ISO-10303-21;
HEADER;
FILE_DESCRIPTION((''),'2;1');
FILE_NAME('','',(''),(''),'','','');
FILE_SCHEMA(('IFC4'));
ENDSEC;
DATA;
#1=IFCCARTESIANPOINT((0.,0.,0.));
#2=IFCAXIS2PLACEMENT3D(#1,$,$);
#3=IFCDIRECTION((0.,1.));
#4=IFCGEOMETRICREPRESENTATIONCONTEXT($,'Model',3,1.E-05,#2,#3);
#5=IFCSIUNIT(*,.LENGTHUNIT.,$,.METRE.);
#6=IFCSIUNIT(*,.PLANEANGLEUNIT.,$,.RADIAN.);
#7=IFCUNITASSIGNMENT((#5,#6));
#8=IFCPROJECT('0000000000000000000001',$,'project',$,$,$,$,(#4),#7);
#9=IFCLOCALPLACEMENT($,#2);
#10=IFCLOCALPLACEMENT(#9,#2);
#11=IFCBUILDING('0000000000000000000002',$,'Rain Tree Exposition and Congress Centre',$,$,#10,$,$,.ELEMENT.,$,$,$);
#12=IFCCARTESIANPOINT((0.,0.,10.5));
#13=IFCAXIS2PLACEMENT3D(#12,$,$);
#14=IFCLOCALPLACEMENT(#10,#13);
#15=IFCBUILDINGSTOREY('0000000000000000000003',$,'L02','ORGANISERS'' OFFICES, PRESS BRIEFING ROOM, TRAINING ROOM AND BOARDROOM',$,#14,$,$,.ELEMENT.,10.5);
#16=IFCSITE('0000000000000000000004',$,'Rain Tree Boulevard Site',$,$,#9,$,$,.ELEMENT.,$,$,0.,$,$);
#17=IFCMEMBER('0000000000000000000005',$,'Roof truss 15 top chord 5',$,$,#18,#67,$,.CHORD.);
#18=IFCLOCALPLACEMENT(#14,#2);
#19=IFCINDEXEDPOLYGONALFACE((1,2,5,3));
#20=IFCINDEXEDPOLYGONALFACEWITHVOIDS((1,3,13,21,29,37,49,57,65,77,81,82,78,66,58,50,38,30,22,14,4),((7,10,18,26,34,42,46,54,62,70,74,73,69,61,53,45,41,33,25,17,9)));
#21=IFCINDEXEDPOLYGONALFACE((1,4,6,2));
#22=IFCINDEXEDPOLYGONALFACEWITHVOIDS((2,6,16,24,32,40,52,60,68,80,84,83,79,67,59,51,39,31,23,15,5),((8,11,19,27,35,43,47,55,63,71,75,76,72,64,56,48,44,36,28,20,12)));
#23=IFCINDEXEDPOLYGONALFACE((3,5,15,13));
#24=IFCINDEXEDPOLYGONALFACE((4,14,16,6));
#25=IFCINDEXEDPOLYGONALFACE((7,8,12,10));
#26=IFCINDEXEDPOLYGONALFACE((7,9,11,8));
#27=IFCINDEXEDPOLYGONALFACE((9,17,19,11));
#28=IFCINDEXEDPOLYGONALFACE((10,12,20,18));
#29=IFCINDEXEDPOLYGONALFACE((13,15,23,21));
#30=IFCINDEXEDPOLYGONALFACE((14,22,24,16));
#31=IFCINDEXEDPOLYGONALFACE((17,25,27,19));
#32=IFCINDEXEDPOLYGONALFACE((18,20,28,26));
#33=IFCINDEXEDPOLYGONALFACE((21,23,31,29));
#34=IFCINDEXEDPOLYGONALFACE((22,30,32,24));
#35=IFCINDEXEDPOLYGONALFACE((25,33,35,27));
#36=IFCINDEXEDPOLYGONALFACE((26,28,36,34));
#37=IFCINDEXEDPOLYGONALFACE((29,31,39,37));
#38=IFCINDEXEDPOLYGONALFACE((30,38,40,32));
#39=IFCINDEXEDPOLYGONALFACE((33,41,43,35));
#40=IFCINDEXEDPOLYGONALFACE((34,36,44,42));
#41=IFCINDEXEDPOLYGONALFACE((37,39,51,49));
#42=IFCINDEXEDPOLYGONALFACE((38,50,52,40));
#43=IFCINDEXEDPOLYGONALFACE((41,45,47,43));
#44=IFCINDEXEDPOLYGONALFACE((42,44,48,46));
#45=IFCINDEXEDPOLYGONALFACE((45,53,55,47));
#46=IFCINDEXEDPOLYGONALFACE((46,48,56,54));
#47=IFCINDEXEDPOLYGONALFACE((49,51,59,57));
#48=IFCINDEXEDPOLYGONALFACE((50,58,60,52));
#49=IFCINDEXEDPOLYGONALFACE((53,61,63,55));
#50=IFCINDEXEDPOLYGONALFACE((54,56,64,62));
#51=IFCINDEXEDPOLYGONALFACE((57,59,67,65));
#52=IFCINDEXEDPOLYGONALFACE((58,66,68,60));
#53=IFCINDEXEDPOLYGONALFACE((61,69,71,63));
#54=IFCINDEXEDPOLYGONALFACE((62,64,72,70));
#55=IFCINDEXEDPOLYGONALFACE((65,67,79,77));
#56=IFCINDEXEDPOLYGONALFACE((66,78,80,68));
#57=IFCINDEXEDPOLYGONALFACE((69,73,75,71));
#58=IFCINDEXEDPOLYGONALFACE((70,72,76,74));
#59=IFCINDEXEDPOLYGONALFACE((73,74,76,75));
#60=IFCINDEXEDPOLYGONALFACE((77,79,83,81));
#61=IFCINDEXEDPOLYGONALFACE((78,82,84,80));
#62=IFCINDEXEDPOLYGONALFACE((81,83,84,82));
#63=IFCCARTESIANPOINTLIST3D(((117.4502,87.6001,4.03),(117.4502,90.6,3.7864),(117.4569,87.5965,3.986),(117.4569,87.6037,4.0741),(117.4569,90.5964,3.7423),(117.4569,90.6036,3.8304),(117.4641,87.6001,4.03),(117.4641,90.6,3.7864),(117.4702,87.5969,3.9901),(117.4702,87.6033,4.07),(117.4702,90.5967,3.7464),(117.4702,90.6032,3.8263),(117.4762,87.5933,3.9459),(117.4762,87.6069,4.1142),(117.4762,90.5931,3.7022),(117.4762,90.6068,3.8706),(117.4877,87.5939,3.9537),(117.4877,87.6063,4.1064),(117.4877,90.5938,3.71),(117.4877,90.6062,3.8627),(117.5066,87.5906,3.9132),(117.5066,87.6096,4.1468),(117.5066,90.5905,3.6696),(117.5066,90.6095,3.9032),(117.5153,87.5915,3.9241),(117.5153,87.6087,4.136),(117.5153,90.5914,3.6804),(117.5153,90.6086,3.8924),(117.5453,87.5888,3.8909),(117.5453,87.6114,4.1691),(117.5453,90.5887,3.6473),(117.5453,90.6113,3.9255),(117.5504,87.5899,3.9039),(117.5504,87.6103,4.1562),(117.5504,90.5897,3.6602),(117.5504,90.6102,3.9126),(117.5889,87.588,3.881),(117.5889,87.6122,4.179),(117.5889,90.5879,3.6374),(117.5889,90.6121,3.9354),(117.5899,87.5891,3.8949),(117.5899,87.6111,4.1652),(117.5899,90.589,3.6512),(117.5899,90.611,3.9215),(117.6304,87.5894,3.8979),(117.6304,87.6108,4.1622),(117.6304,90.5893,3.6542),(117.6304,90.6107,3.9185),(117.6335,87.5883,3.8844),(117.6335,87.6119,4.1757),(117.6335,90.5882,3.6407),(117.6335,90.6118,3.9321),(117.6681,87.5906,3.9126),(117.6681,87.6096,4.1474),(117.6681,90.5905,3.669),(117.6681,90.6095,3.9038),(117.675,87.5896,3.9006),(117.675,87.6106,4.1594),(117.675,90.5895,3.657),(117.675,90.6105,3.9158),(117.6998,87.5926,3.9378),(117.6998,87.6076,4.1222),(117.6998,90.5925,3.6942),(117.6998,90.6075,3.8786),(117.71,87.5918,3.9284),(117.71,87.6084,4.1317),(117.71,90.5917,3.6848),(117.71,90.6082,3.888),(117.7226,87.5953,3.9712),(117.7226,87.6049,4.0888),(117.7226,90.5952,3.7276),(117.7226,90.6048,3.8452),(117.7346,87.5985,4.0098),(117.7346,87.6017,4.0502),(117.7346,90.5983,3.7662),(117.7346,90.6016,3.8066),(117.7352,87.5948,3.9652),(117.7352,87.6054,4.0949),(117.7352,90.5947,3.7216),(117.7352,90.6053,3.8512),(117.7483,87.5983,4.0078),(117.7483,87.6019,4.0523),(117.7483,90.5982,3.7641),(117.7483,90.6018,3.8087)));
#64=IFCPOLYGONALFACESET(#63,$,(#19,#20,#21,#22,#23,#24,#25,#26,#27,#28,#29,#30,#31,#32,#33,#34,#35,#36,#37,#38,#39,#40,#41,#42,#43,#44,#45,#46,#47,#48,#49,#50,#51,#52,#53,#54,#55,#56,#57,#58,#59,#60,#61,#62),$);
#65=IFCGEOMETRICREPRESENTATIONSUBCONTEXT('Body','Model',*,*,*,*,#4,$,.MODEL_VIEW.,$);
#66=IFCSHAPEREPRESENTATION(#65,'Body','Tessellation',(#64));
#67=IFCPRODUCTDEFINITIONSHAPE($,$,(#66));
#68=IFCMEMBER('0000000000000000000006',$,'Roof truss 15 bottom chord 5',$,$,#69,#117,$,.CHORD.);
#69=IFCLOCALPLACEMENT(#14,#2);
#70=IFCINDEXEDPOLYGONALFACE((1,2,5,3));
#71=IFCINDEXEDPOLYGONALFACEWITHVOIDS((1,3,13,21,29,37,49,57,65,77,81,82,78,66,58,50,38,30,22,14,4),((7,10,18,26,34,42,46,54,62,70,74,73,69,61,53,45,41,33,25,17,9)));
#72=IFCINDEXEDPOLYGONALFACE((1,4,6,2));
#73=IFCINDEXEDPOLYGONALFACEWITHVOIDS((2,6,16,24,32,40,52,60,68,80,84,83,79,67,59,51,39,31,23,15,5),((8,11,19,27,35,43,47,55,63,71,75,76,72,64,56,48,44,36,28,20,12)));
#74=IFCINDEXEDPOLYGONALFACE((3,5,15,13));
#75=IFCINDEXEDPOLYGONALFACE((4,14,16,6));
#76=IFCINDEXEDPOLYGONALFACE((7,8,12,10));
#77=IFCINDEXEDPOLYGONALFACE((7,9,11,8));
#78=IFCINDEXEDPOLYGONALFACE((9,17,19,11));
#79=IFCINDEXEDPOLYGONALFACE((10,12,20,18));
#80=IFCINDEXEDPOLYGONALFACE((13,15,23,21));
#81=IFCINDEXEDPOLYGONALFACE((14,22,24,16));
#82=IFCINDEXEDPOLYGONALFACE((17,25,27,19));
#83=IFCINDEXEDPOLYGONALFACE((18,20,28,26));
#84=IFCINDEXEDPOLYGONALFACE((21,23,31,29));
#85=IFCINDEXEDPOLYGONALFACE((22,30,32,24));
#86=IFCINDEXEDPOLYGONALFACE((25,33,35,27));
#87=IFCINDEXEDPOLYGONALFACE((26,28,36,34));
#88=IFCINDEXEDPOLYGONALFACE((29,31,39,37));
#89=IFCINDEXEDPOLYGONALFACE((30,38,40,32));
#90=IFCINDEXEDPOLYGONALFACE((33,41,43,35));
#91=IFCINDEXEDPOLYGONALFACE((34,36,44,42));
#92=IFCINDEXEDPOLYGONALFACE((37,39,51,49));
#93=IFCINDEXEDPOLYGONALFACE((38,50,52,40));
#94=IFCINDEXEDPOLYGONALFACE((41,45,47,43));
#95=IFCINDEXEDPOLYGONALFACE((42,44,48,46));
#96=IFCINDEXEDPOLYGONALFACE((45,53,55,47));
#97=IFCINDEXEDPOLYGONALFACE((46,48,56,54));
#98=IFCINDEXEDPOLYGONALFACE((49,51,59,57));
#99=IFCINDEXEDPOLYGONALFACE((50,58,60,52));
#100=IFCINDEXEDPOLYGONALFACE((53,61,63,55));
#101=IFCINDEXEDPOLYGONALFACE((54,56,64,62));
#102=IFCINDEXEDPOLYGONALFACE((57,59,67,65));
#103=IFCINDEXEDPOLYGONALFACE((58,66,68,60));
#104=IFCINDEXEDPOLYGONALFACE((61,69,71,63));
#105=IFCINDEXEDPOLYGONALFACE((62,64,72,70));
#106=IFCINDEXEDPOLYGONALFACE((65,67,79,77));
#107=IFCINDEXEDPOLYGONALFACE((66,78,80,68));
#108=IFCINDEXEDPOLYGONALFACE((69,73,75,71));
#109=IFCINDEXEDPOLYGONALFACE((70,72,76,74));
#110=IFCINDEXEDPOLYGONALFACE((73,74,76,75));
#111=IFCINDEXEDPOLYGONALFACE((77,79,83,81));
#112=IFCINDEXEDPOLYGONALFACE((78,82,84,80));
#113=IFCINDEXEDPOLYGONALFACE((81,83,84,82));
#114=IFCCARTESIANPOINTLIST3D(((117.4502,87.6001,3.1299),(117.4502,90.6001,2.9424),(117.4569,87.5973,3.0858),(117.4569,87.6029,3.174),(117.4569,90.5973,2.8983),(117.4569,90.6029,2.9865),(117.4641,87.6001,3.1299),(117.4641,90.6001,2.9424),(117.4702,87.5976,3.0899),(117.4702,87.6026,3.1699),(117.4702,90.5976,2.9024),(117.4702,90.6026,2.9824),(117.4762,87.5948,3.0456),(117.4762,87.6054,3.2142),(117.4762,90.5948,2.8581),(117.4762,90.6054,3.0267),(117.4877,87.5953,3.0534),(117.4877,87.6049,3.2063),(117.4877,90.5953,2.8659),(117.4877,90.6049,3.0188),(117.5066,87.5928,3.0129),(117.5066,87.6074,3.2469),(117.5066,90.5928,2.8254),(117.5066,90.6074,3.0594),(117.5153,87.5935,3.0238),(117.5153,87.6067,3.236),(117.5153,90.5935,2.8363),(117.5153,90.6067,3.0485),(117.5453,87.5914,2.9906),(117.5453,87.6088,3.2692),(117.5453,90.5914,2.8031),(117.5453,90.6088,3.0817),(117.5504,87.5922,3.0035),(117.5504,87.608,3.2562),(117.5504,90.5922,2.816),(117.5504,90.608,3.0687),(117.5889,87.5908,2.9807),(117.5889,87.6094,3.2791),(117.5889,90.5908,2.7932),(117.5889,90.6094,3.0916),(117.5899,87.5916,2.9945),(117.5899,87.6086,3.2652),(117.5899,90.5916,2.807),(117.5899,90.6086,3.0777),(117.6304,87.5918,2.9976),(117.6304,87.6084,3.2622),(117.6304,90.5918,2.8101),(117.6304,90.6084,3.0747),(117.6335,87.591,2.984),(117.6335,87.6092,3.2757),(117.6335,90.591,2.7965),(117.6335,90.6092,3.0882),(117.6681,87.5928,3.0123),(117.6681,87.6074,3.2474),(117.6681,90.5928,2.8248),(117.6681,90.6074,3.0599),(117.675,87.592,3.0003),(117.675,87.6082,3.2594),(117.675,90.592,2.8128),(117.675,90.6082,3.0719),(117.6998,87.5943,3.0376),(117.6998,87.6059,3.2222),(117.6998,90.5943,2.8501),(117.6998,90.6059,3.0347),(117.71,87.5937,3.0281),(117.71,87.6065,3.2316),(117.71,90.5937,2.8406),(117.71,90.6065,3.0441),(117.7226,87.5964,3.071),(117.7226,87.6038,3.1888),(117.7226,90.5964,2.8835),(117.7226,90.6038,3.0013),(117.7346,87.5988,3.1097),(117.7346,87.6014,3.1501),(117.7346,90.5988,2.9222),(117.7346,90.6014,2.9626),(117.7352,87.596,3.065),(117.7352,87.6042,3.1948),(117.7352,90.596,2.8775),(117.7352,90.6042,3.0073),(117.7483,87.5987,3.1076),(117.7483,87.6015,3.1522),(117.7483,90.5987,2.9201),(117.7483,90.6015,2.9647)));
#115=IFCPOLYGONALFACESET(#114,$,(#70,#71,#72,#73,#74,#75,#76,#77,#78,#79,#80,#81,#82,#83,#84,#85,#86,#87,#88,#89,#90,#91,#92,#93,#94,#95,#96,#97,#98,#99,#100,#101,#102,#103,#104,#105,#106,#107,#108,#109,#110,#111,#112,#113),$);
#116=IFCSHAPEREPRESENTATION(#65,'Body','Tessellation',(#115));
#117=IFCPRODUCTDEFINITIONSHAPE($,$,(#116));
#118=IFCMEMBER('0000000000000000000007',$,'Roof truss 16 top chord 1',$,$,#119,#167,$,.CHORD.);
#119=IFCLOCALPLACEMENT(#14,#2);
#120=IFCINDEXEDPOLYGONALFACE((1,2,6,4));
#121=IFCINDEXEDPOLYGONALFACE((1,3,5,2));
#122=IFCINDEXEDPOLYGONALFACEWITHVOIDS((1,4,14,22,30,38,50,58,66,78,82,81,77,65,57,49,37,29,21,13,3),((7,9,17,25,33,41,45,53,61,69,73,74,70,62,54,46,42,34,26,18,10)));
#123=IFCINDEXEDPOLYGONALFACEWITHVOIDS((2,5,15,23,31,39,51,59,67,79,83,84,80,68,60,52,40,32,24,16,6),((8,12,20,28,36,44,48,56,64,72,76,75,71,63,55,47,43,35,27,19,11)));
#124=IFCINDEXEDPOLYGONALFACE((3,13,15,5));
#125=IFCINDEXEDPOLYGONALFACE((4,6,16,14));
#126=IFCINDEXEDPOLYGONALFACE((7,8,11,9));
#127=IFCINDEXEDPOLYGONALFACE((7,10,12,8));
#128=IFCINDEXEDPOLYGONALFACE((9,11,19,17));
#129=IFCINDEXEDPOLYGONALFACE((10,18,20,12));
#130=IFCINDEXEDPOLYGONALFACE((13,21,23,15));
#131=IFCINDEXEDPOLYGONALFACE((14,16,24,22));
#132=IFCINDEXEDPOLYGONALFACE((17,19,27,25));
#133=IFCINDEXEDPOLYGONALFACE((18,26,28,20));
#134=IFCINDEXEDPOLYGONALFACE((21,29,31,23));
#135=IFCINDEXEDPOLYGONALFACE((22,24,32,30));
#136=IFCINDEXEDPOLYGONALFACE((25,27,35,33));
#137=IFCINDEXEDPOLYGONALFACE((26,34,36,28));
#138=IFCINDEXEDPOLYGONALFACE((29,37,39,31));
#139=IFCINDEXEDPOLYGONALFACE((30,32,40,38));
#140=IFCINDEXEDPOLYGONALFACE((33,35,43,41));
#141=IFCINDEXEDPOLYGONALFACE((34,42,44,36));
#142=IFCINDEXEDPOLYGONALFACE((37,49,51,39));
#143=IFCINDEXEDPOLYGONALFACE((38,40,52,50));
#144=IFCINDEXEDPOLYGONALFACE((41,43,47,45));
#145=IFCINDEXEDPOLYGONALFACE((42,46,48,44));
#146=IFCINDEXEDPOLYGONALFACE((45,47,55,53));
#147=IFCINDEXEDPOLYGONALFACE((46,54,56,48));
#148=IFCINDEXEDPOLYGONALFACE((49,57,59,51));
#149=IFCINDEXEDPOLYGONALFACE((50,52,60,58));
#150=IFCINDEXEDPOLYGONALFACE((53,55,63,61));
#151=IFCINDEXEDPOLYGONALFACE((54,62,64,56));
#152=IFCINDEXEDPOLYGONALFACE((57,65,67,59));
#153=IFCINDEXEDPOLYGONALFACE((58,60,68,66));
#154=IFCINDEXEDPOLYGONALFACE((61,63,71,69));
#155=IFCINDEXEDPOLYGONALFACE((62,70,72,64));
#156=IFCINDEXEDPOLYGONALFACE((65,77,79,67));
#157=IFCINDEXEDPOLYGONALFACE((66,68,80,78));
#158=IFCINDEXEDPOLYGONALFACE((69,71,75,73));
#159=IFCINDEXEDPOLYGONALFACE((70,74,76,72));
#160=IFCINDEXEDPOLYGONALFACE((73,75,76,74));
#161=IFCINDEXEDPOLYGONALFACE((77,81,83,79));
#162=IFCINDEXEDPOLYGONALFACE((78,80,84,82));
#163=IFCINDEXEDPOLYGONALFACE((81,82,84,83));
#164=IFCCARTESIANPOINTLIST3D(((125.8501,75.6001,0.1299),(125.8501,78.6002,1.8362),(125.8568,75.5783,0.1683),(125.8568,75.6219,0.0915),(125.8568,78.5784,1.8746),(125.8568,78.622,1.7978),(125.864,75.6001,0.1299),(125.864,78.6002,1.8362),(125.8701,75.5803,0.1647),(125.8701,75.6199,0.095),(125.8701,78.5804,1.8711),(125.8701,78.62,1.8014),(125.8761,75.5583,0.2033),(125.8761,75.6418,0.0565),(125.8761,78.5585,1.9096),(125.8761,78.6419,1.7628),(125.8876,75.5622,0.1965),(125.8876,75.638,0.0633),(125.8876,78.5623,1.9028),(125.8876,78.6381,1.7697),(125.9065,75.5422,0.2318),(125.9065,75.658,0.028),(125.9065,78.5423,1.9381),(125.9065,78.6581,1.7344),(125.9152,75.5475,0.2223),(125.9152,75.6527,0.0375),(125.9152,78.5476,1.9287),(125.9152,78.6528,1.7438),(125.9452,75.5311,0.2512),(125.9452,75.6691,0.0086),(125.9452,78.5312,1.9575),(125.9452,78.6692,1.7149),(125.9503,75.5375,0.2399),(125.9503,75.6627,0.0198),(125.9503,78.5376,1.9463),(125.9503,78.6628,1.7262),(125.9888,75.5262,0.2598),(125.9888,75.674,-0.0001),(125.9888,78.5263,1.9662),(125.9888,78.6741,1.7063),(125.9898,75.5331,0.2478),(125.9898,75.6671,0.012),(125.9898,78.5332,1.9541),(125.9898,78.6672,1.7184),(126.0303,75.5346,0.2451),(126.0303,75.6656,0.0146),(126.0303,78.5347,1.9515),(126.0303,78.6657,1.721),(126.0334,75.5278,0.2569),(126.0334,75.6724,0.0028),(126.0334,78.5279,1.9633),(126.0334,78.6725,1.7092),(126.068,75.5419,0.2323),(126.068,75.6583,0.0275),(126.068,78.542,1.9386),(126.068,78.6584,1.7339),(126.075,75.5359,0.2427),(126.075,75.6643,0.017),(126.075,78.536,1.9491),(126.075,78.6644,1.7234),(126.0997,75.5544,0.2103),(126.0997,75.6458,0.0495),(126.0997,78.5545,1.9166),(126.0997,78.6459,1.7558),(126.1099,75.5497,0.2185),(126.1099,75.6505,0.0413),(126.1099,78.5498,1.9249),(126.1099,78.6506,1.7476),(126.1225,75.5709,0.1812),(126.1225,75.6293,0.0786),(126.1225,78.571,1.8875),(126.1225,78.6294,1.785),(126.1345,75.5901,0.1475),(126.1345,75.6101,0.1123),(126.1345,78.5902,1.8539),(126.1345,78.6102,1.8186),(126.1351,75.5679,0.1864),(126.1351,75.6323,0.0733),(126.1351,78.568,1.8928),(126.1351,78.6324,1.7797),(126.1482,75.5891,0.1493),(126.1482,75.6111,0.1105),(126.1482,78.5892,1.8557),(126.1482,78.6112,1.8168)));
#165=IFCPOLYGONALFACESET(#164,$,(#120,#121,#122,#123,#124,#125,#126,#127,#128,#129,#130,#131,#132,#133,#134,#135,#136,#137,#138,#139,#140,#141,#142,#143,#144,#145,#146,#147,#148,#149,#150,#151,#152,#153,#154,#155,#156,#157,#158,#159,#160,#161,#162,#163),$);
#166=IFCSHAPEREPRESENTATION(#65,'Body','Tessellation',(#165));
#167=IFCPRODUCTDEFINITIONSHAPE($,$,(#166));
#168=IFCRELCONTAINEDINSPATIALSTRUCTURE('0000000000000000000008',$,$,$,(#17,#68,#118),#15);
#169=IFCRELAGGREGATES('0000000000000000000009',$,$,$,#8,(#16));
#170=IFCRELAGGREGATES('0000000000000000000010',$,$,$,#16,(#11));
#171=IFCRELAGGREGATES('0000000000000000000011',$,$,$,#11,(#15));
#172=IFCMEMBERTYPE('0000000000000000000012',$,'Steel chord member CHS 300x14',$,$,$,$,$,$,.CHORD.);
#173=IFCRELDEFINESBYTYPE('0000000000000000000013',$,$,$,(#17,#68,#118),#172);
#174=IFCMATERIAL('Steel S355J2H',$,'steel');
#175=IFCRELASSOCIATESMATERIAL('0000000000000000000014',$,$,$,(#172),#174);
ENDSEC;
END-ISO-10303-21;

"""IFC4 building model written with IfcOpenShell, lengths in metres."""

from ifc_helpers import new_model, si_unit, direction, frame, origin, origin_2d, place, context, subcontext, project, spatial, hollow_circle, extrude, material, material_profile, profile_set, type_object, element, save


model = new_model("IFC4")

# Units and contexts
model_context = context("Model", 3, precision=1e-05, world=origin(), true_north=direction((0.0, 1.0)))
body_context = subcontext(model_context, "Body", "Model", "MODEL_VIEW")
ifc_project = project(units=[si_unit("LENGTHUNIT", "METRE"), si_unit("PLANEANGLEUNIT", "RADIAN")], contexts=[model_context])

# Site, building, storey
site_placement = place(None, origin())
site = spatial("IfcSite", under=ifc_project, at=site_placement, Name="Rain Tree Boulevard Site", CompositionType="ELEMENT", RefElevation=0.0)
building_placement = place(site_placement, origin())
building = spatial("IfcBuilding", under=site, at=building_placement, Name="Rain Tree Exposition and Congress Centre", CompositionType="ELEMENT")
storey_placement = place(building_placement, frame((0.0, 0.0, 10.5)))
storey = spatial("IfcBuildingStorey", under=building, at=storey_placement, Name="L02", Description="ORGANISERS' OFFICES, PRESS BRIEFING ROOM, TRAINING ROOM AND BOARDROOM", CompositionType="ELEMENT", Elevation=10.5)

# Members
ifc_material_1 = material(Name="Steel S355J2H", Category="steel")
ifc_material_profile_1 = material_profile(ifc_material_1, hollow_circle(Radius=0.1499, WallThickness=0.0139, at=origin_2d()), Name="CHS 300x14")
ifc_profile_set_1 = profile_set([ifc_material_profile_1], Name="Steel S355J2H")
member_type_1 = type_object("IfcMemberType", Name="Steel chord member CHS 300x14", PredefinedType="CHORD", material=ifc_profile_set_1)
member_1_placement = place(storey_placement, frame((117.6001, 87.6001, 4.03), z_axis=(0.0, 0.996718, -0.080951), x_axis=(-1.0, 0.0, 0.0)))
element("IfcMember", 1, at=member_1_placement, inside=storey, type_object=member_type_1, Name="Roof truss 15 top chord 5", PredefinedType="CHORD", context=body_context, shape_type="SweptSolid", body=[
    extrude(hollow_circle(Radius=0.1499, WallThickness=0.0139, at=origin_2d()), origin(), (0.0, 0.0, 1.0), 3.0098),
])
member_2_placement = place(storey_placement, frame((117.6001, 87.6001, 3.1299), z_axis=(0.0, 0.998053, -0.062378), x_axis=(-1.0, 0.0, 0.0)))
element("IfcMember", 2, at=member_2_placement, inside=storey, type_object=member_type_1, Name="Roof truss 15 bottom chord 5", PredefinedType="CHORD", context=body_context, shape_type="SweptSolid", body=[
    extrude(hollow_circle(Radius=0.1499, WallThickness=0.0139, at=origin_2d()), origin(), (0.0, 0.0, 1.0), 3.0059),
])
member_3_placement = place(storey_placement, frame((126.0, 75.6001, 0.1299), z_axis=(0.0, 0.869238, 0.494393), x_axis=(-1.0, 0.0, 0.0)))
element("IfcMember", 3, at=member_3_placement, inside=storey, type_object=member_type_1, Name="Roof truss 16 top chord 1", PredefinedType="CHORD", context=body_context, shape_type="SweptSolid", body=[
    extrude(hollow_circle(Radius=0.1499, WallThickness=0.0139, at=origin_2d()), origin(), (0.0, 0.0, 1.0), 3.4514),
])

save(model, "model.ifc")
